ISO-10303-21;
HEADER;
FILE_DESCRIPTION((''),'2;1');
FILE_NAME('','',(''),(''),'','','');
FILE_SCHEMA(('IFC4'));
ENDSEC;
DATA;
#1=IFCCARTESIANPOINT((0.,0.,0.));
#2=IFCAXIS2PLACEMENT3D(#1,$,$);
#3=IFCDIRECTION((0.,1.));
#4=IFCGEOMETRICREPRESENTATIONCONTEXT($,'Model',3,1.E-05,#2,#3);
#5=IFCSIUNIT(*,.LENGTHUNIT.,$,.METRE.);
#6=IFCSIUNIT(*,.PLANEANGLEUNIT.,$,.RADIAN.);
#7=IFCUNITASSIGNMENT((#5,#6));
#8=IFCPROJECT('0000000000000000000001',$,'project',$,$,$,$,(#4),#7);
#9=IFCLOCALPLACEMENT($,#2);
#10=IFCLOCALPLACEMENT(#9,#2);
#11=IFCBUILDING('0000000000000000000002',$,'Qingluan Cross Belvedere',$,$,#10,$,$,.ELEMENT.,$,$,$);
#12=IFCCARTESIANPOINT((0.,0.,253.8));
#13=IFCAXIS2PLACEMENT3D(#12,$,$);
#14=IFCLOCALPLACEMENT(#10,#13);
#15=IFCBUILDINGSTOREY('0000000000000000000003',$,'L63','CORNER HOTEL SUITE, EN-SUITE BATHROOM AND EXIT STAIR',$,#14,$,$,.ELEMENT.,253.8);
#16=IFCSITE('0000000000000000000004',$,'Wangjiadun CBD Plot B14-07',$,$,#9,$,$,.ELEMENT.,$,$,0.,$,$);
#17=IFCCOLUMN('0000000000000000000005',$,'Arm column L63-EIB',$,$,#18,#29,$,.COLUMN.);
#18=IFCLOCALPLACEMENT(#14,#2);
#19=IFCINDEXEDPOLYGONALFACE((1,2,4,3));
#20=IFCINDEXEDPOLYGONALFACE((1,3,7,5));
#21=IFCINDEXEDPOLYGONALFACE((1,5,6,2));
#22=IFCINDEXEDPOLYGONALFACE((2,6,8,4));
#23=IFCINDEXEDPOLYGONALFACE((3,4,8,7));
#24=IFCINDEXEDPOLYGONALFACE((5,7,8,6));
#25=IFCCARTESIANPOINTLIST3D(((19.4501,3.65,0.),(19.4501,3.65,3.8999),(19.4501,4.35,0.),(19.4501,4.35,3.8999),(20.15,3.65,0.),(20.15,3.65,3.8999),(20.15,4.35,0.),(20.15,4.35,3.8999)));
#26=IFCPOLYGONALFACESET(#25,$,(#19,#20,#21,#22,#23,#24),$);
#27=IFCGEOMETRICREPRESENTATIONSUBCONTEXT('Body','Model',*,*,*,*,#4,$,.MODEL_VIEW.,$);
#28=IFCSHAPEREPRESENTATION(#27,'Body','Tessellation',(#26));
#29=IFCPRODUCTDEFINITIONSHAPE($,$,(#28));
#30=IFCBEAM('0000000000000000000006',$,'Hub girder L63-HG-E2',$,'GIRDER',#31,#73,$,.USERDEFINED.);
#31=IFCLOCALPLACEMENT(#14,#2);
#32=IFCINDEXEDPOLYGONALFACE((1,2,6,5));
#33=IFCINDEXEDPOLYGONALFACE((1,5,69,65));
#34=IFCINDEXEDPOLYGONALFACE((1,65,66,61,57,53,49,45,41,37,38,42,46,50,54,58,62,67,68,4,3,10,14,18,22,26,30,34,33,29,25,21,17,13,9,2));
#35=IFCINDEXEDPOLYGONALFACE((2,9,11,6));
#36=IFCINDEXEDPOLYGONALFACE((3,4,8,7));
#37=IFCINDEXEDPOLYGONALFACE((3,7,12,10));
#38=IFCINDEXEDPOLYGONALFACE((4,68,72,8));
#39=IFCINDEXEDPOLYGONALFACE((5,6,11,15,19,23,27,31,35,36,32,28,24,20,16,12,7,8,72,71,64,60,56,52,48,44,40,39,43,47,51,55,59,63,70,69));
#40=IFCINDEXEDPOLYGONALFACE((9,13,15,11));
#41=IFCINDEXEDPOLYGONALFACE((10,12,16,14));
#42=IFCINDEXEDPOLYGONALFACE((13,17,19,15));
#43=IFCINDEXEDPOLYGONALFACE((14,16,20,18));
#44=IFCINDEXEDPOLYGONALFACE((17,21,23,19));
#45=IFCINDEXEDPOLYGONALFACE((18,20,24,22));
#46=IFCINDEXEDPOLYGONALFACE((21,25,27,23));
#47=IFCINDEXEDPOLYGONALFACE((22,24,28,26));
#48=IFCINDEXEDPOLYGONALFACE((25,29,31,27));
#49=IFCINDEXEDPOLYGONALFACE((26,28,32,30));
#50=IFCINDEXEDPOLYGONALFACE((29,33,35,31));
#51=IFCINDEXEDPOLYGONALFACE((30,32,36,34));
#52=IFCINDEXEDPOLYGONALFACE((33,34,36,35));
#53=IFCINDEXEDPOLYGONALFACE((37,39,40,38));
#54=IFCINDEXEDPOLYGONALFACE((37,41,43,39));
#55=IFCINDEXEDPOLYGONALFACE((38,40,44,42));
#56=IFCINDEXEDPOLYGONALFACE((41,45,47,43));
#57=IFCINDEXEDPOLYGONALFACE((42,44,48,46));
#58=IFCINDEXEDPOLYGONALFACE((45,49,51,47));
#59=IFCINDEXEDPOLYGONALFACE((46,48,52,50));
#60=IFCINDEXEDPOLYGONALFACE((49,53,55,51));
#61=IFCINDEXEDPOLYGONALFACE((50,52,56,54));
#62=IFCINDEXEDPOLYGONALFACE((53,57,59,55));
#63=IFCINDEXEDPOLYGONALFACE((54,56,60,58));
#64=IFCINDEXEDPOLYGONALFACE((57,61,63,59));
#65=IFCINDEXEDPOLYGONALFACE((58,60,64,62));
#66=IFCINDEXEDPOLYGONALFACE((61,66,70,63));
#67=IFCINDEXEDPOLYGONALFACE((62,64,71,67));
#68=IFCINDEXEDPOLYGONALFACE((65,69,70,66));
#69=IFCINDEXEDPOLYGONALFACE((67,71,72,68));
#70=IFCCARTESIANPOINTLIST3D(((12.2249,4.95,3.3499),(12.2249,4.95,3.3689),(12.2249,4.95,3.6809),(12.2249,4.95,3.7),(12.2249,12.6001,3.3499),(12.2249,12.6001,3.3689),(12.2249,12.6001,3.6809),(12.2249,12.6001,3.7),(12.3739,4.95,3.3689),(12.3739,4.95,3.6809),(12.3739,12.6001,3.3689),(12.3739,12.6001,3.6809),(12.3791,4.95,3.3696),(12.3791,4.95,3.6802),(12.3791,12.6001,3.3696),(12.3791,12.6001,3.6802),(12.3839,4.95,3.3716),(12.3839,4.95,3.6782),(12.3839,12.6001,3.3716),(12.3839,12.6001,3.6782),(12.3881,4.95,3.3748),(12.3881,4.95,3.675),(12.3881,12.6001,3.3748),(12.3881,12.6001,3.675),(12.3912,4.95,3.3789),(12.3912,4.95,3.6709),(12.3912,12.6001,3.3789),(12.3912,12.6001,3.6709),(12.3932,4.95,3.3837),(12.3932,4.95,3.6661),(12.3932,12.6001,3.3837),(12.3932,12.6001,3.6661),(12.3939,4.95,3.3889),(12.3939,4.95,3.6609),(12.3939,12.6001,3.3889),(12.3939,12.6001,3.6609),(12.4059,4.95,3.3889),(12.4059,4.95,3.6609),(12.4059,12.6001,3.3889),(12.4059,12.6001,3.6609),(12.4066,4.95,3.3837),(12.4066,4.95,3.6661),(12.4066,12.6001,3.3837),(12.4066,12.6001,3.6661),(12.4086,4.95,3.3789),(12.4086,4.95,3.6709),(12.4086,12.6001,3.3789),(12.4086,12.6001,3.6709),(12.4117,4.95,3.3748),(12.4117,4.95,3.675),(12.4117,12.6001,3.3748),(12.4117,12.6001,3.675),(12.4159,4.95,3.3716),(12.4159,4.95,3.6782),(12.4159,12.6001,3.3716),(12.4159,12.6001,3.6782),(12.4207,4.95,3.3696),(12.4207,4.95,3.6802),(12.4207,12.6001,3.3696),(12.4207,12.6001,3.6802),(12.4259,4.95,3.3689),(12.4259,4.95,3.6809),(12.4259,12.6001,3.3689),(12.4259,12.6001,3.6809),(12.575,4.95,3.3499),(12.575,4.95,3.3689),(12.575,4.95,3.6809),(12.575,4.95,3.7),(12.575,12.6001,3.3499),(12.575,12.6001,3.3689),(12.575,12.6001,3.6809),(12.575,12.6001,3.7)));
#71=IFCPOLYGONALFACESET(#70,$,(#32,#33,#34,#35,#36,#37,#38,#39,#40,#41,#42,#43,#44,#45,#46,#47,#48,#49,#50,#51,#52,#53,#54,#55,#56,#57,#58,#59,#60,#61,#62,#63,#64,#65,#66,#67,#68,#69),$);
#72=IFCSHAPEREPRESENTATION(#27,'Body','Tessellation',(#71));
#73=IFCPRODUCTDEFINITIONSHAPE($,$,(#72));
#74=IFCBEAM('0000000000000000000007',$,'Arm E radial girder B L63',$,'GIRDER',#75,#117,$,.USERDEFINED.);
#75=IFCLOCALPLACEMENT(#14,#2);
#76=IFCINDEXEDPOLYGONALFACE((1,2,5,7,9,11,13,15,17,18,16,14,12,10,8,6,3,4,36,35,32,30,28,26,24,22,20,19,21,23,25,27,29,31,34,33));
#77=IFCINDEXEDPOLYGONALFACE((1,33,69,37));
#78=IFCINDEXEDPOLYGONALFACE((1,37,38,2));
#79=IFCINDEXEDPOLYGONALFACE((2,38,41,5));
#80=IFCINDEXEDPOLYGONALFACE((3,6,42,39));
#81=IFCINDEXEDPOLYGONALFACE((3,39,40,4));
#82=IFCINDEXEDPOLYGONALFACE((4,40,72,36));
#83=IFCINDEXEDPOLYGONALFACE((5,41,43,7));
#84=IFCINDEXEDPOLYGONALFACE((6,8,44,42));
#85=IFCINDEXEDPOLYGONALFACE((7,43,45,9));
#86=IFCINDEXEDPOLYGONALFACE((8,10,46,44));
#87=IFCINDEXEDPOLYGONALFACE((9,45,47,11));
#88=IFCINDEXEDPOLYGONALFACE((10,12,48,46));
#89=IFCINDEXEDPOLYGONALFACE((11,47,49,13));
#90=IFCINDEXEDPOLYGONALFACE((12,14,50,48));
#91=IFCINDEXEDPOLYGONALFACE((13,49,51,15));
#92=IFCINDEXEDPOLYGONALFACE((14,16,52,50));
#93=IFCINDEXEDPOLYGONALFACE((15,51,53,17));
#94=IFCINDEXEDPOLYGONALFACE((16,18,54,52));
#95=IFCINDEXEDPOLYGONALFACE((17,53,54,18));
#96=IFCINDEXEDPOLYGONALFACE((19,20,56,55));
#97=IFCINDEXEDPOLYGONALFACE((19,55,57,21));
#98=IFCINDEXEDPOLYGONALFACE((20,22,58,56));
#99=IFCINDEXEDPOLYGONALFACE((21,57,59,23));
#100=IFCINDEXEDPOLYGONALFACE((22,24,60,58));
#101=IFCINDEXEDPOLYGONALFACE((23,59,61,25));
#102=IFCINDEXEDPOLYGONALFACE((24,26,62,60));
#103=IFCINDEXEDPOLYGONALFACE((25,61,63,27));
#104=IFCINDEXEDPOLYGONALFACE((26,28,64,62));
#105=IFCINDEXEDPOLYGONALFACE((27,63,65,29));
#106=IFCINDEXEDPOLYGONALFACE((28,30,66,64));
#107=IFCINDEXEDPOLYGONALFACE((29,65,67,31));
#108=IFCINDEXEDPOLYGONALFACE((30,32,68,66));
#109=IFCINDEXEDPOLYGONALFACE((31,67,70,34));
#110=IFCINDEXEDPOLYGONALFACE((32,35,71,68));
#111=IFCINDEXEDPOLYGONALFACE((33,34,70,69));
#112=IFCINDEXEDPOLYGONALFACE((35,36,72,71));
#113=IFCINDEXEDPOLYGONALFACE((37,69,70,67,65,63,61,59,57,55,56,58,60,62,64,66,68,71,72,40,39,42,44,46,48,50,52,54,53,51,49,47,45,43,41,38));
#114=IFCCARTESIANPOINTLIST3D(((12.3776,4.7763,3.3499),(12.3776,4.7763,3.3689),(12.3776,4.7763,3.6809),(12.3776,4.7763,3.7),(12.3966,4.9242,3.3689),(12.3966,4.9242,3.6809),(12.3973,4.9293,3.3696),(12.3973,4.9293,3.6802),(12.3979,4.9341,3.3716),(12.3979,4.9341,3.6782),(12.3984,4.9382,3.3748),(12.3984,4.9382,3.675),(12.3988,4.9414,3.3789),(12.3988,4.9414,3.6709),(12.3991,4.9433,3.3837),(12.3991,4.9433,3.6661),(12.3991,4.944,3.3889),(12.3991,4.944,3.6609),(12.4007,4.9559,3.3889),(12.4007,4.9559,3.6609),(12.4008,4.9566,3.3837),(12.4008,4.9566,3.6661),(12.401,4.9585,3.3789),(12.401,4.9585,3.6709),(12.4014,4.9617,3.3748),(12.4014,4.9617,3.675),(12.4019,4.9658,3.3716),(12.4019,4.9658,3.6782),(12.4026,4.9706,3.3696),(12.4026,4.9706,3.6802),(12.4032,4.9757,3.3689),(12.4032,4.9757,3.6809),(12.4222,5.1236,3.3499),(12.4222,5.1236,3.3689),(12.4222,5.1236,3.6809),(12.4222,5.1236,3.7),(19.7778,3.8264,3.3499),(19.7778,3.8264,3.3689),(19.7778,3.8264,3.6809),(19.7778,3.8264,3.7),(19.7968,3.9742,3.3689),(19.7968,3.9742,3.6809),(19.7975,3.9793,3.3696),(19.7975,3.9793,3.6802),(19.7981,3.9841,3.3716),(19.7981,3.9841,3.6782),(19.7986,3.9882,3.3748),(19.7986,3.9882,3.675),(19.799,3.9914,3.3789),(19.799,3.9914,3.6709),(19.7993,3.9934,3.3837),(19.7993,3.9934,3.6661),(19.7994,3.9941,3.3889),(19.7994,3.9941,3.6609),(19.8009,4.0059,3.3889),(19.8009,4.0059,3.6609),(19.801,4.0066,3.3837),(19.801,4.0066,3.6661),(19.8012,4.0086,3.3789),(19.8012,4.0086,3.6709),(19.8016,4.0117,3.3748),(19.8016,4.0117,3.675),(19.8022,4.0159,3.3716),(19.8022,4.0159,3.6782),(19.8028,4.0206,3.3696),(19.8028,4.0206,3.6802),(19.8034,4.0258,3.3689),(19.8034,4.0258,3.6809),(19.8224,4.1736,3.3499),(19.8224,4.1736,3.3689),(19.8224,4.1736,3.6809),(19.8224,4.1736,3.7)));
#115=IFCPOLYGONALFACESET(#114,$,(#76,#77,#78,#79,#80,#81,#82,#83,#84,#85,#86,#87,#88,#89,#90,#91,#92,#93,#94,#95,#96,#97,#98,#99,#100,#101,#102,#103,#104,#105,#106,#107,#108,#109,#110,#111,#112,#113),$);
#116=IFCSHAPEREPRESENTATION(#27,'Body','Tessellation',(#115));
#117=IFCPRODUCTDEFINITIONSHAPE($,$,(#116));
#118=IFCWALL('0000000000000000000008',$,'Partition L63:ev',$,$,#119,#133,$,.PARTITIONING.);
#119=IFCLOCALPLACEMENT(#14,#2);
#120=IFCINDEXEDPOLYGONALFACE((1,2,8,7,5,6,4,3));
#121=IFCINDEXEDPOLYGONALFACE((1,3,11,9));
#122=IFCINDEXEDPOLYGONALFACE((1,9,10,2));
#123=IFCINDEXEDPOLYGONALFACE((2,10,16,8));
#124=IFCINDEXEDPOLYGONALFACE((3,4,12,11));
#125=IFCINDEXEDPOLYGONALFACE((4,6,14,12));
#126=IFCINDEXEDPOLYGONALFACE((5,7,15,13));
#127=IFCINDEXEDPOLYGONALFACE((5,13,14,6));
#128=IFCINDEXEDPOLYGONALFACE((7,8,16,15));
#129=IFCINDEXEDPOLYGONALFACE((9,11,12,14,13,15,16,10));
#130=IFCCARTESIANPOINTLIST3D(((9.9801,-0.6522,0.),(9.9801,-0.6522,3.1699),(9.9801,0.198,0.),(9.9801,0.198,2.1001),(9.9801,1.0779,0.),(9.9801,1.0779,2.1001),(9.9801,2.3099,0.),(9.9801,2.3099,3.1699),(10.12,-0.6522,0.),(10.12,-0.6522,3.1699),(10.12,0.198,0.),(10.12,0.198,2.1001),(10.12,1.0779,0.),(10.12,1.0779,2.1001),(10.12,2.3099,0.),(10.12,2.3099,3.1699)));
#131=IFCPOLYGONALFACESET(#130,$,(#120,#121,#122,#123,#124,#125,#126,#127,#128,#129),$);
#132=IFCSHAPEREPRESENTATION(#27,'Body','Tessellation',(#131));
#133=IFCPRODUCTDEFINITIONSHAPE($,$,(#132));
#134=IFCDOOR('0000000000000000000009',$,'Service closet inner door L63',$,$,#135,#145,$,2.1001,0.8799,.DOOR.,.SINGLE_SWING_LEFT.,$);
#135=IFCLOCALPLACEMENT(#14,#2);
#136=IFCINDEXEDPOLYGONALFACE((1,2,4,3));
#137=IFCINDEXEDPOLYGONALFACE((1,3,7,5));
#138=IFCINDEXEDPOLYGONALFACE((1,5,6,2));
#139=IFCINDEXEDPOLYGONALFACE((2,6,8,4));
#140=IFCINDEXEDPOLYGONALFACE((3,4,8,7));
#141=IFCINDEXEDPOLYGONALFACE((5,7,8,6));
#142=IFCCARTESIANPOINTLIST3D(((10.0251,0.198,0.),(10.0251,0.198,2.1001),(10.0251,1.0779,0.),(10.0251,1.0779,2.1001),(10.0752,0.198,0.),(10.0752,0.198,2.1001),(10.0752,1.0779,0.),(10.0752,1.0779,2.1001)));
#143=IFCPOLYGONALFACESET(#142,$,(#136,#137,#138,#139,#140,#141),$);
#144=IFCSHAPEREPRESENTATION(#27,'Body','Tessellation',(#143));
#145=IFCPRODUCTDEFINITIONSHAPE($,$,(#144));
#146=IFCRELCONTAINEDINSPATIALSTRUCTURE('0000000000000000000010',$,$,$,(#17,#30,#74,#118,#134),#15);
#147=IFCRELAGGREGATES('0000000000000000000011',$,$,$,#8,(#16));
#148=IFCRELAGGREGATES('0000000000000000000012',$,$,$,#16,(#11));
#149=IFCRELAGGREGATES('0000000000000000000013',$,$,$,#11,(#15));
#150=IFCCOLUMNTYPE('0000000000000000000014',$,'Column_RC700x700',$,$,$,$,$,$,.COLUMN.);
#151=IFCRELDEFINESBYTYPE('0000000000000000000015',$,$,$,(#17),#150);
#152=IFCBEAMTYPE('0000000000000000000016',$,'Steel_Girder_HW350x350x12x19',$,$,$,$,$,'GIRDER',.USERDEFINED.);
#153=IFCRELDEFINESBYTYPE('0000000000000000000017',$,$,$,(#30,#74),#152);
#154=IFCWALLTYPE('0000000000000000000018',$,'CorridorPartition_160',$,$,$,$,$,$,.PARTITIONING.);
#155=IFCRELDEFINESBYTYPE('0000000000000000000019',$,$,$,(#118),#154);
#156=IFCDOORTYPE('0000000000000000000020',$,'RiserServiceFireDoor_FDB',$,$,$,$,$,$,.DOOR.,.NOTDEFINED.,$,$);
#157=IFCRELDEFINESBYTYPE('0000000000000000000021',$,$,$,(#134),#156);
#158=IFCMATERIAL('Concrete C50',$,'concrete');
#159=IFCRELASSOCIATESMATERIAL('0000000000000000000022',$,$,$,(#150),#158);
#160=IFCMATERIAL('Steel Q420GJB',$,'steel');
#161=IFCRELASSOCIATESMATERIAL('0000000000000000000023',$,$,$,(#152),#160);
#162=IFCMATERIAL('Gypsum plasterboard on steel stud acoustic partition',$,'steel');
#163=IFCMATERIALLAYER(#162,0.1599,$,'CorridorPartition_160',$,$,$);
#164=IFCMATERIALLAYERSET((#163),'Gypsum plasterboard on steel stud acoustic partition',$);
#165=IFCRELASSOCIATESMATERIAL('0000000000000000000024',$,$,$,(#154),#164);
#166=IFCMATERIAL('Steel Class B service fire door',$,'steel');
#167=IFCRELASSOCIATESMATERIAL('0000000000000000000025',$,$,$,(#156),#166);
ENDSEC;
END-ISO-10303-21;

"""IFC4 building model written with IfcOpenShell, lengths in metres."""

from ifc_helpers import new_model, si_unit, direction, frame, frame_2d, origin, origin_2d, place, context, subcontext, project, spatial, rectangle, i_section, extrude, material, layer, layer_set, material_profile, profile_set, type_object, element, fill, save


model = new_model("IFC4")

# Units and contexts
model_context = context("Model", 3, precision=1e-05, world=origin(), true_north=direction((0.0, 1.0)))
body_context = subcontext(model_context, "Body", "Model", "MODEL_VIEW")
ifc_project = project(units=[si_unit("LENGTHUNIT", "METRE"), si_unit("PLANEANGLEUNIT", "RADIAN")], contexts=[model_context])

# Site, building, storey
site_placement = place(None, origin())
site = spatial("IfcSite", under=ifc_project, at=site_placement, Name="Wangjiadun CBD Plot B14-07", CompositionType="ELEMENT", RefElevation=0.0)
building_placement = place(site_placement, origin())
building = spatial("IfcBuilding", under=site, at=building_placement, Name="Qingluan Cross Belvedere", CompositionType="ELEMENT")
storey_placement = place(building_placement, frame((0.0, 0.0, 253.8)))
storey = spatial("IfcBuildingStorey", under=building, at=storey_placement, Name="L63", Description="CORNER HOTEL SUITE, EN-SUITE BATHROOM AND EXIT STAIR", CompositionType="ELEMENT", Elevation=253.8)

# Column
ifc_material_1 = material(Name="Concrete C50", Category="concrete")
ifc_material_profile_1 = material_profile(ifc_material_1, rectangle(XDim=0.7, YDim=0.7, at=origin_2d()), Name="RC700x700")
ifc_profile_set_1 = profile_set([ifc_material_profile_1], Name="Concrete C50")
column_type = type_object("IfcColumnType", Name="Column_RC700x700", PredefinedType="COLUMN", material=ifc_profile_set_1)
column_placement = place(storey_placement, frame((19.8, 4.0, 0.0), z_axis=(0.0, 0.0, 1.0), x_axis=(1.0, 0.0, 0.0)))
element("IfcColumn", 1, at=column_placement, inside=storey, type_object=column_type, Name="Arm column L63-EIB", PredefinedType="COLUMN", context=body_context, shape_type="SweptSolid", body=[
    extrude(rectangle(XDim=0.7, YDim=0.7, at=origin_2d()), origin(), (0.0, 0.0, 1.0), 3.8999),
])

# Beams
ifc_material_2 = material(Name="Steel Q420GJB", Category="steel")
ifc_material_profile_2 = material_profile(ifc_material_2, i_section(OverallWidth=0.3501, OverallDepth=0.3501, WebThickness=0.012, FlangeThickness=0.019, FilletRadius=0.02, at=origin_2d()), Name="HW350x350x12x19")
ifc_profile_set_2 = profile_set([ifc_material_profile_2], Name="Steel Q420GJB")
beam_type = type_object("IfcBeamType", Name="Steel_Girder_HW350x350x12x19", ElementType="GIRDER", PredefinedType="USERDEFINED", material=ifc_profile_set_2)
beam_1_placement = place(storey_placement, frame((12.3999, 4.95, 3.5249), z_axis=(0.0, 1.0, 0.0), x_axis=(-1.0, 0.0, 0.0)))
element("IfcBeam", 2, at=beam_1_placement, inside=storey, type_object=beam_type, Name="Hub girder L63-HG-E2", ObjectType="GIRDER", PredefinedType="USERDEFINED", context=body_context, shape_type="SweptSolid", body=[
    extrude(i_section(OverallWidth=0.3501, OverallDepth=0.3501, WebThickness=0.012, FlangeThickness=0.019, FilletRadius=0.02, at=origin_2d()), origin(), (0.0, 0.0, 1.0), 7.6501),
])
beam_2_placement = place(storey_placement, frame((12.3999, 4.95, 3.5249), z_axis=(0.991861, -0.127324, 0.0), x_axis=(0.127324, 0.991861, 0.0)))
element("IfcBeam", 3, at=beam_2_placement, inside=storey, type_object=beam_type, Name="Arm E radial girder B L63", ObjectType="GIRDER", PredefinedType="USERDEFINED", context=body_context, shape_type="SweptSolid", body=[
    extrude(i_section(OverallWidth=0.3501, OverallDepth=0.3501, WebThickness=0.012, FlangeThickness=0.019, FilletRadius=0.02, at=origin_2d()), origin(), (0.0, 0.0, 1.0), 7.4609),
])

# Wall, opening, door
ifc_material_3 = material(Name="Gypsum plasterboard on steel stud acoustic partition", Category="steel")
ifc_layer_1 = layer(ifc_material_3, 0.1599, Name="CorridorPartition_160")
ifc_layer_set_1 = layer_set([ifc_layer_1], Name="Gypsum plasterboard on steel stud acoustic partition")
wall_type_1 = type_object("IfcWallType", Name="CorridorPartition_160", PredefinedType="PARTITIONING", material=ifc_layer_set_1)
wall_1_placement = place(storey_placement, frame((10.05, -0.6521, 0.0), z_axis=(0.0, 0.0, 1.0), x_axis=(0.0, 1.0, 0.0)))
wall_1 = element("IfcWall", 4, at=wall_1_placement, inside=storey, type_object=wall_type_1, Name="Partition L63:ev", PredefinedType="PARTITIONING", context=body_context, shape_type="SweptSolid", body=[
    extrude(rectangle(XDim=2.9622, YDim=0.1399, at=frame_2d((1.481, 0.0))), origin(), (0.0, 0.0, 1.0), 3.1699),
])
opening_1_placement = place(wall_1_placement, frame((0.8501, 0.0, 0.0)))
opening_1 = element("IfcOpeningElement", 5, at=opening_1_placement, cuts=wall_1, PredefinedType="OPENING", context=body_context, shape_type="SweptSolid", body=[
    extrude(rectangle(XDim=0.8799, YDim=2.1001, at=frame_2d((0.4399, 1.05))), frame((0.0, 0.0798, 0.0), z_axis=(0.0, -1.0, 0.0), x_axis=(1.0, 0.0, 0.0)), (0.0, 0.0, 1.0), 0.1599),
])
ifc_material_4 = material(Name="Steel Class B service fire door", Category="steel")
door_type_1 = type_object("IfcDoorType", Name="RiserServiceFireDoor_FDB", OperationType="NOTDEFINED", PredefinedType="DOOR", material=ifc_material_4)
door_1_placement = place(opening_1_placement, origin())
door_1 = element("IfcDoor", 6, at=door_1_placement, inside=storey, type_object=door_type_1, Name="Service closet inner door L63", OperationType="SINGLE_SWING_LEFT", OverallHeight=2.1001, OverallWidth=0.8799, PredefinedType="DOOR", context=body_context, shape_type="SweptSolid", body=[
    extrude(rectangle(XDim=0.8799, YDim=2.1001, at=frame_2d((0.4399, 1.05))), frame((0.0, 0.0249, 0.0), z_axis=(0.0, -1.0, 0.0), x_axis=(1.0, 0.0, 0.0)), (0.0, 0.0, 1.0), 0.05),
])
fill(opening_1, door_1)

save(model, "model.ifc")
